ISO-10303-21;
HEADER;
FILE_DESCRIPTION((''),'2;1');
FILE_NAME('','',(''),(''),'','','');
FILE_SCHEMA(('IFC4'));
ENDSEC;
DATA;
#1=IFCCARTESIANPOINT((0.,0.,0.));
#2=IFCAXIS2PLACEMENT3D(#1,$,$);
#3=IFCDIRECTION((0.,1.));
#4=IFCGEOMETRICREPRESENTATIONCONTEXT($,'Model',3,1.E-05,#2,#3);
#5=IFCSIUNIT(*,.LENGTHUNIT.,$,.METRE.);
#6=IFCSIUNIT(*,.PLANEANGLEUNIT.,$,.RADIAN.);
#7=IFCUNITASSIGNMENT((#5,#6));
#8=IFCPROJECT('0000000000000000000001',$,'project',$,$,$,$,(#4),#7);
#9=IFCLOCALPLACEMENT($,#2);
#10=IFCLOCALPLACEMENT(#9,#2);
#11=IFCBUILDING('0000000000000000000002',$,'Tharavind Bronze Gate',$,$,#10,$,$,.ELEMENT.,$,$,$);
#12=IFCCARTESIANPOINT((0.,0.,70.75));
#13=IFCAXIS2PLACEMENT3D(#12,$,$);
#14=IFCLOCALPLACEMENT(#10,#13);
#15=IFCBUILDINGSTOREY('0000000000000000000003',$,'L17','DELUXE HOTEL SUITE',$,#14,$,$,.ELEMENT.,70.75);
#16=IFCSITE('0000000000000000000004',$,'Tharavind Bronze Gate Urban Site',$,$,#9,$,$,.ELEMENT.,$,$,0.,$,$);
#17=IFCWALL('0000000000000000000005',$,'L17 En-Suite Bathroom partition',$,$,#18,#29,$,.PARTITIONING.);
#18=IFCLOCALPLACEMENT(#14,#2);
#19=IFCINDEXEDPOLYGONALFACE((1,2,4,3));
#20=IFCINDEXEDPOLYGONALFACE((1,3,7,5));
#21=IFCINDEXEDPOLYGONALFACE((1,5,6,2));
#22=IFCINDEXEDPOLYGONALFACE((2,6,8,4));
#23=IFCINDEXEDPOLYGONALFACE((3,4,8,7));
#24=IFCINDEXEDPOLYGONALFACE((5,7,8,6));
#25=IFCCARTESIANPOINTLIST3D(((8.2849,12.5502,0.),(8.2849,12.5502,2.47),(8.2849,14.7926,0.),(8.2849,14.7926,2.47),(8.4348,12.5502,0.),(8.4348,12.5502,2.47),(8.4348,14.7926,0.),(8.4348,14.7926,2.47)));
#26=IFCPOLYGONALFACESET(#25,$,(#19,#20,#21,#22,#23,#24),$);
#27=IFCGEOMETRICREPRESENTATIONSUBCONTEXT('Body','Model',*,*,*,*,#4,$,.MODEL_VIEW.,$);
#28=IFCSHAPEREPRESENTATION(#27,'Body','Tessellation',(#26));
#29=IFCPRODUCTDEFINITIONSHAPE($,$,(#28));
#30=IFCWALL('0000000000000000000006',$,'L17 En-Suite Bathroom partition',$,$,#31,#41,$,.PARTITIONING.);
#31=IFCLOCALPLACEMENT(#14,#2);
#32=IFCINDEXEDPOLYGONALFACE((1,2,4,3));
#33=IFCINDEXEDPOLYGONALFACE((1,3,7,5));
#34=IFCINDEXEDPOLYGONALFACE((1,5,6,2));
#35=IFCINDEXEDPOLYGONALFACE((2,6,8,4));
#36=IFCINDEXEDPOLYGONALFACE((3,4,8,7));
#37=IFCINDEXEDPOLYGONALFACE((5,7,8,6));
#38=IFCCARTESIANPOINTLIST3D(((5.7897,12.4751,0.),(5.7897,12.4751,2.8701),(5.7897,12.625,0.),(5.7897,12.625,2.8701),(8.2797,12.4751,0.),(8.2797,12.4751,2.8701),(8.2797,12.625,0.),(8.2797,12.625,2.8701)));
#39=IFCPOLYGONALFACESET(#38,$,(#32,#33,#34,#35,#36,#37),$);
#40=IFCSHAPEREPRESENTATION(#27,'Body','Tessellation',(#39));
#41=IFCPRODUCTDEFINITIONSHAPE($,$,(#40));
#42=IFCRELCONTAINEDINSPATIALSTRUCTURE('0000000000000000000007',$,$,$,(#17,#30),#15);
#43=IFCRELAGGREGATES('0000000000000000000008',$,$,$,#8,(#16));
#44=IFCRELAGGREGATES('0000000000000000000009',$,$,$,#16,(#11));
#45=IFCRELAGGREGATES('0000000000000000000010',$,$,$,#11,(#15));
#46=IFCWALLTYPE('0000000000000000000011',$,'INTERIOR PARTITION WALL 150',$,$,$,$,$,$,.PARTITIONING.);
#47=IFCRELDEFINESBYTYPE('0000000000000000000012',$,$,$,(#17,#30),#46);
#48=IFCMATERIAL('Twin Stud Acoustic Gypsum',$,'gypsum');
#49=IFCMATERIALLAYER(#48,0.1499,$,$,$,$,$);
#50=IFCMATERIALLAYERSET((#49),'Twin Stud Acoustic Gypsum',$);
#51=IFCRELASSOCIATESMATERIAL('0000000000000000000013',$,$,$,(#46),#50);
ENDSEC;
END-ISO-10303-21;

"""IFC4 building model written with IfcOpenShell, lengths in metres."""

from ifc_helpers import new_model, si_unit, direction, frame, frame_2d, origin, place, context, subcontext, project, spatial, rectangle, extrude, material, layer, layer_set, type_object, element, save


model = new_model("IFC4")

# Units and contexts
model_context = context("Model", 3, precision=1e-05, world=origin(), true_north=direction((0.0, 1.0)))
body_context = subcontext(model_context, "Body", "Model", "MODEL_VIEW")
ifc_project = project(units=[si_unit("LENGTHUNIT", "METRE"), si_unit("PLANEANGLEUNIT", "RADIAN")], contexts=[model_context])

# Site, building, storey
site_placement = place(None, origin())
site = spatial("IfcSite", under=ifc_project, at=site_placement, Name="Tharavind Bronze Gate Urban Site", CompositionType="ELEMENT", RefElevation=0.0)
building_placement = place(site_placement, origin())
building = spatial("IfcBuilding", under=site, at=building_placement, Name="Tharavind Bronze Gate", CompositionType="ELEMENT")
storey_placement = place(building_placement, frame((0.0, 0.0, 70.75)))
storey = spatial("IfcBuildingStorey", under=building, at=storey_placement, Name="L17", Description="DELUXE HOTEL SUITE", CompositionType="ELEMENT", Elevation=70.75)

# Shared definitions
ifc_material_1 = material(Name="Twin Stud Acoustic Gypsum", Category="gypsum")
ifc_layer_1 = layer(ifc_material_1, 0.1499)
ifc_layer_set_1 = layer_set([ifc_layer_1], Name="Twin Stud Acoustic Gypsum")
wall_type_1 = type_object("IfcWallType", Name="INTERIOR PARTITION WALL 150", PredefinedType="PARTITIONING", material=ifc_layer_set_1)

# Walls
wall_1_placement = place(storey_placement, frame((8.3599, 14.7925, 0.0), z_axis=(0.0, 0.0, 1.0), x_axis=(0.0, -1.0, 0.0)))
element("IfcWall", 1, at=wall_1_placement, inside=storey, type_object=wall_type_1, Name="L17 En-Suite Bathroom partition", PredefinedType="PARTITIONING", context=body_context, shape_type="SweptSolid", body=[
    extrude(rectangle(XDim=2.2424, YDim=0.1499, at=frame_2d((1.1211, 0.0))), origin(), (0.0, 0.0, 1.0), 2.47),
])
wall_2_placement = place(storey_placement, frame((8.2798, 12.55, 0.0), z_axis=(0.0, 0.0, 1.0), x_axis=(-1.0, 0.0, 0.0)))
element("IfcWall", 2, at=wall_2_placement, inside=storey, type_object=wall_type_1, Name="L17 En-Suite Bathroom partition", PredefinedType="PARTITIONING", context=body_context, shape_type="SweptSolid", body=[
    extrude(rectangle(XDim=2.49, YDim=0.1499, at=frame_2d((1.2451, 0.0))), origin(), (0.0, 0.0, 1.0), 2.8701),
])

save(model, "model.ifc")
